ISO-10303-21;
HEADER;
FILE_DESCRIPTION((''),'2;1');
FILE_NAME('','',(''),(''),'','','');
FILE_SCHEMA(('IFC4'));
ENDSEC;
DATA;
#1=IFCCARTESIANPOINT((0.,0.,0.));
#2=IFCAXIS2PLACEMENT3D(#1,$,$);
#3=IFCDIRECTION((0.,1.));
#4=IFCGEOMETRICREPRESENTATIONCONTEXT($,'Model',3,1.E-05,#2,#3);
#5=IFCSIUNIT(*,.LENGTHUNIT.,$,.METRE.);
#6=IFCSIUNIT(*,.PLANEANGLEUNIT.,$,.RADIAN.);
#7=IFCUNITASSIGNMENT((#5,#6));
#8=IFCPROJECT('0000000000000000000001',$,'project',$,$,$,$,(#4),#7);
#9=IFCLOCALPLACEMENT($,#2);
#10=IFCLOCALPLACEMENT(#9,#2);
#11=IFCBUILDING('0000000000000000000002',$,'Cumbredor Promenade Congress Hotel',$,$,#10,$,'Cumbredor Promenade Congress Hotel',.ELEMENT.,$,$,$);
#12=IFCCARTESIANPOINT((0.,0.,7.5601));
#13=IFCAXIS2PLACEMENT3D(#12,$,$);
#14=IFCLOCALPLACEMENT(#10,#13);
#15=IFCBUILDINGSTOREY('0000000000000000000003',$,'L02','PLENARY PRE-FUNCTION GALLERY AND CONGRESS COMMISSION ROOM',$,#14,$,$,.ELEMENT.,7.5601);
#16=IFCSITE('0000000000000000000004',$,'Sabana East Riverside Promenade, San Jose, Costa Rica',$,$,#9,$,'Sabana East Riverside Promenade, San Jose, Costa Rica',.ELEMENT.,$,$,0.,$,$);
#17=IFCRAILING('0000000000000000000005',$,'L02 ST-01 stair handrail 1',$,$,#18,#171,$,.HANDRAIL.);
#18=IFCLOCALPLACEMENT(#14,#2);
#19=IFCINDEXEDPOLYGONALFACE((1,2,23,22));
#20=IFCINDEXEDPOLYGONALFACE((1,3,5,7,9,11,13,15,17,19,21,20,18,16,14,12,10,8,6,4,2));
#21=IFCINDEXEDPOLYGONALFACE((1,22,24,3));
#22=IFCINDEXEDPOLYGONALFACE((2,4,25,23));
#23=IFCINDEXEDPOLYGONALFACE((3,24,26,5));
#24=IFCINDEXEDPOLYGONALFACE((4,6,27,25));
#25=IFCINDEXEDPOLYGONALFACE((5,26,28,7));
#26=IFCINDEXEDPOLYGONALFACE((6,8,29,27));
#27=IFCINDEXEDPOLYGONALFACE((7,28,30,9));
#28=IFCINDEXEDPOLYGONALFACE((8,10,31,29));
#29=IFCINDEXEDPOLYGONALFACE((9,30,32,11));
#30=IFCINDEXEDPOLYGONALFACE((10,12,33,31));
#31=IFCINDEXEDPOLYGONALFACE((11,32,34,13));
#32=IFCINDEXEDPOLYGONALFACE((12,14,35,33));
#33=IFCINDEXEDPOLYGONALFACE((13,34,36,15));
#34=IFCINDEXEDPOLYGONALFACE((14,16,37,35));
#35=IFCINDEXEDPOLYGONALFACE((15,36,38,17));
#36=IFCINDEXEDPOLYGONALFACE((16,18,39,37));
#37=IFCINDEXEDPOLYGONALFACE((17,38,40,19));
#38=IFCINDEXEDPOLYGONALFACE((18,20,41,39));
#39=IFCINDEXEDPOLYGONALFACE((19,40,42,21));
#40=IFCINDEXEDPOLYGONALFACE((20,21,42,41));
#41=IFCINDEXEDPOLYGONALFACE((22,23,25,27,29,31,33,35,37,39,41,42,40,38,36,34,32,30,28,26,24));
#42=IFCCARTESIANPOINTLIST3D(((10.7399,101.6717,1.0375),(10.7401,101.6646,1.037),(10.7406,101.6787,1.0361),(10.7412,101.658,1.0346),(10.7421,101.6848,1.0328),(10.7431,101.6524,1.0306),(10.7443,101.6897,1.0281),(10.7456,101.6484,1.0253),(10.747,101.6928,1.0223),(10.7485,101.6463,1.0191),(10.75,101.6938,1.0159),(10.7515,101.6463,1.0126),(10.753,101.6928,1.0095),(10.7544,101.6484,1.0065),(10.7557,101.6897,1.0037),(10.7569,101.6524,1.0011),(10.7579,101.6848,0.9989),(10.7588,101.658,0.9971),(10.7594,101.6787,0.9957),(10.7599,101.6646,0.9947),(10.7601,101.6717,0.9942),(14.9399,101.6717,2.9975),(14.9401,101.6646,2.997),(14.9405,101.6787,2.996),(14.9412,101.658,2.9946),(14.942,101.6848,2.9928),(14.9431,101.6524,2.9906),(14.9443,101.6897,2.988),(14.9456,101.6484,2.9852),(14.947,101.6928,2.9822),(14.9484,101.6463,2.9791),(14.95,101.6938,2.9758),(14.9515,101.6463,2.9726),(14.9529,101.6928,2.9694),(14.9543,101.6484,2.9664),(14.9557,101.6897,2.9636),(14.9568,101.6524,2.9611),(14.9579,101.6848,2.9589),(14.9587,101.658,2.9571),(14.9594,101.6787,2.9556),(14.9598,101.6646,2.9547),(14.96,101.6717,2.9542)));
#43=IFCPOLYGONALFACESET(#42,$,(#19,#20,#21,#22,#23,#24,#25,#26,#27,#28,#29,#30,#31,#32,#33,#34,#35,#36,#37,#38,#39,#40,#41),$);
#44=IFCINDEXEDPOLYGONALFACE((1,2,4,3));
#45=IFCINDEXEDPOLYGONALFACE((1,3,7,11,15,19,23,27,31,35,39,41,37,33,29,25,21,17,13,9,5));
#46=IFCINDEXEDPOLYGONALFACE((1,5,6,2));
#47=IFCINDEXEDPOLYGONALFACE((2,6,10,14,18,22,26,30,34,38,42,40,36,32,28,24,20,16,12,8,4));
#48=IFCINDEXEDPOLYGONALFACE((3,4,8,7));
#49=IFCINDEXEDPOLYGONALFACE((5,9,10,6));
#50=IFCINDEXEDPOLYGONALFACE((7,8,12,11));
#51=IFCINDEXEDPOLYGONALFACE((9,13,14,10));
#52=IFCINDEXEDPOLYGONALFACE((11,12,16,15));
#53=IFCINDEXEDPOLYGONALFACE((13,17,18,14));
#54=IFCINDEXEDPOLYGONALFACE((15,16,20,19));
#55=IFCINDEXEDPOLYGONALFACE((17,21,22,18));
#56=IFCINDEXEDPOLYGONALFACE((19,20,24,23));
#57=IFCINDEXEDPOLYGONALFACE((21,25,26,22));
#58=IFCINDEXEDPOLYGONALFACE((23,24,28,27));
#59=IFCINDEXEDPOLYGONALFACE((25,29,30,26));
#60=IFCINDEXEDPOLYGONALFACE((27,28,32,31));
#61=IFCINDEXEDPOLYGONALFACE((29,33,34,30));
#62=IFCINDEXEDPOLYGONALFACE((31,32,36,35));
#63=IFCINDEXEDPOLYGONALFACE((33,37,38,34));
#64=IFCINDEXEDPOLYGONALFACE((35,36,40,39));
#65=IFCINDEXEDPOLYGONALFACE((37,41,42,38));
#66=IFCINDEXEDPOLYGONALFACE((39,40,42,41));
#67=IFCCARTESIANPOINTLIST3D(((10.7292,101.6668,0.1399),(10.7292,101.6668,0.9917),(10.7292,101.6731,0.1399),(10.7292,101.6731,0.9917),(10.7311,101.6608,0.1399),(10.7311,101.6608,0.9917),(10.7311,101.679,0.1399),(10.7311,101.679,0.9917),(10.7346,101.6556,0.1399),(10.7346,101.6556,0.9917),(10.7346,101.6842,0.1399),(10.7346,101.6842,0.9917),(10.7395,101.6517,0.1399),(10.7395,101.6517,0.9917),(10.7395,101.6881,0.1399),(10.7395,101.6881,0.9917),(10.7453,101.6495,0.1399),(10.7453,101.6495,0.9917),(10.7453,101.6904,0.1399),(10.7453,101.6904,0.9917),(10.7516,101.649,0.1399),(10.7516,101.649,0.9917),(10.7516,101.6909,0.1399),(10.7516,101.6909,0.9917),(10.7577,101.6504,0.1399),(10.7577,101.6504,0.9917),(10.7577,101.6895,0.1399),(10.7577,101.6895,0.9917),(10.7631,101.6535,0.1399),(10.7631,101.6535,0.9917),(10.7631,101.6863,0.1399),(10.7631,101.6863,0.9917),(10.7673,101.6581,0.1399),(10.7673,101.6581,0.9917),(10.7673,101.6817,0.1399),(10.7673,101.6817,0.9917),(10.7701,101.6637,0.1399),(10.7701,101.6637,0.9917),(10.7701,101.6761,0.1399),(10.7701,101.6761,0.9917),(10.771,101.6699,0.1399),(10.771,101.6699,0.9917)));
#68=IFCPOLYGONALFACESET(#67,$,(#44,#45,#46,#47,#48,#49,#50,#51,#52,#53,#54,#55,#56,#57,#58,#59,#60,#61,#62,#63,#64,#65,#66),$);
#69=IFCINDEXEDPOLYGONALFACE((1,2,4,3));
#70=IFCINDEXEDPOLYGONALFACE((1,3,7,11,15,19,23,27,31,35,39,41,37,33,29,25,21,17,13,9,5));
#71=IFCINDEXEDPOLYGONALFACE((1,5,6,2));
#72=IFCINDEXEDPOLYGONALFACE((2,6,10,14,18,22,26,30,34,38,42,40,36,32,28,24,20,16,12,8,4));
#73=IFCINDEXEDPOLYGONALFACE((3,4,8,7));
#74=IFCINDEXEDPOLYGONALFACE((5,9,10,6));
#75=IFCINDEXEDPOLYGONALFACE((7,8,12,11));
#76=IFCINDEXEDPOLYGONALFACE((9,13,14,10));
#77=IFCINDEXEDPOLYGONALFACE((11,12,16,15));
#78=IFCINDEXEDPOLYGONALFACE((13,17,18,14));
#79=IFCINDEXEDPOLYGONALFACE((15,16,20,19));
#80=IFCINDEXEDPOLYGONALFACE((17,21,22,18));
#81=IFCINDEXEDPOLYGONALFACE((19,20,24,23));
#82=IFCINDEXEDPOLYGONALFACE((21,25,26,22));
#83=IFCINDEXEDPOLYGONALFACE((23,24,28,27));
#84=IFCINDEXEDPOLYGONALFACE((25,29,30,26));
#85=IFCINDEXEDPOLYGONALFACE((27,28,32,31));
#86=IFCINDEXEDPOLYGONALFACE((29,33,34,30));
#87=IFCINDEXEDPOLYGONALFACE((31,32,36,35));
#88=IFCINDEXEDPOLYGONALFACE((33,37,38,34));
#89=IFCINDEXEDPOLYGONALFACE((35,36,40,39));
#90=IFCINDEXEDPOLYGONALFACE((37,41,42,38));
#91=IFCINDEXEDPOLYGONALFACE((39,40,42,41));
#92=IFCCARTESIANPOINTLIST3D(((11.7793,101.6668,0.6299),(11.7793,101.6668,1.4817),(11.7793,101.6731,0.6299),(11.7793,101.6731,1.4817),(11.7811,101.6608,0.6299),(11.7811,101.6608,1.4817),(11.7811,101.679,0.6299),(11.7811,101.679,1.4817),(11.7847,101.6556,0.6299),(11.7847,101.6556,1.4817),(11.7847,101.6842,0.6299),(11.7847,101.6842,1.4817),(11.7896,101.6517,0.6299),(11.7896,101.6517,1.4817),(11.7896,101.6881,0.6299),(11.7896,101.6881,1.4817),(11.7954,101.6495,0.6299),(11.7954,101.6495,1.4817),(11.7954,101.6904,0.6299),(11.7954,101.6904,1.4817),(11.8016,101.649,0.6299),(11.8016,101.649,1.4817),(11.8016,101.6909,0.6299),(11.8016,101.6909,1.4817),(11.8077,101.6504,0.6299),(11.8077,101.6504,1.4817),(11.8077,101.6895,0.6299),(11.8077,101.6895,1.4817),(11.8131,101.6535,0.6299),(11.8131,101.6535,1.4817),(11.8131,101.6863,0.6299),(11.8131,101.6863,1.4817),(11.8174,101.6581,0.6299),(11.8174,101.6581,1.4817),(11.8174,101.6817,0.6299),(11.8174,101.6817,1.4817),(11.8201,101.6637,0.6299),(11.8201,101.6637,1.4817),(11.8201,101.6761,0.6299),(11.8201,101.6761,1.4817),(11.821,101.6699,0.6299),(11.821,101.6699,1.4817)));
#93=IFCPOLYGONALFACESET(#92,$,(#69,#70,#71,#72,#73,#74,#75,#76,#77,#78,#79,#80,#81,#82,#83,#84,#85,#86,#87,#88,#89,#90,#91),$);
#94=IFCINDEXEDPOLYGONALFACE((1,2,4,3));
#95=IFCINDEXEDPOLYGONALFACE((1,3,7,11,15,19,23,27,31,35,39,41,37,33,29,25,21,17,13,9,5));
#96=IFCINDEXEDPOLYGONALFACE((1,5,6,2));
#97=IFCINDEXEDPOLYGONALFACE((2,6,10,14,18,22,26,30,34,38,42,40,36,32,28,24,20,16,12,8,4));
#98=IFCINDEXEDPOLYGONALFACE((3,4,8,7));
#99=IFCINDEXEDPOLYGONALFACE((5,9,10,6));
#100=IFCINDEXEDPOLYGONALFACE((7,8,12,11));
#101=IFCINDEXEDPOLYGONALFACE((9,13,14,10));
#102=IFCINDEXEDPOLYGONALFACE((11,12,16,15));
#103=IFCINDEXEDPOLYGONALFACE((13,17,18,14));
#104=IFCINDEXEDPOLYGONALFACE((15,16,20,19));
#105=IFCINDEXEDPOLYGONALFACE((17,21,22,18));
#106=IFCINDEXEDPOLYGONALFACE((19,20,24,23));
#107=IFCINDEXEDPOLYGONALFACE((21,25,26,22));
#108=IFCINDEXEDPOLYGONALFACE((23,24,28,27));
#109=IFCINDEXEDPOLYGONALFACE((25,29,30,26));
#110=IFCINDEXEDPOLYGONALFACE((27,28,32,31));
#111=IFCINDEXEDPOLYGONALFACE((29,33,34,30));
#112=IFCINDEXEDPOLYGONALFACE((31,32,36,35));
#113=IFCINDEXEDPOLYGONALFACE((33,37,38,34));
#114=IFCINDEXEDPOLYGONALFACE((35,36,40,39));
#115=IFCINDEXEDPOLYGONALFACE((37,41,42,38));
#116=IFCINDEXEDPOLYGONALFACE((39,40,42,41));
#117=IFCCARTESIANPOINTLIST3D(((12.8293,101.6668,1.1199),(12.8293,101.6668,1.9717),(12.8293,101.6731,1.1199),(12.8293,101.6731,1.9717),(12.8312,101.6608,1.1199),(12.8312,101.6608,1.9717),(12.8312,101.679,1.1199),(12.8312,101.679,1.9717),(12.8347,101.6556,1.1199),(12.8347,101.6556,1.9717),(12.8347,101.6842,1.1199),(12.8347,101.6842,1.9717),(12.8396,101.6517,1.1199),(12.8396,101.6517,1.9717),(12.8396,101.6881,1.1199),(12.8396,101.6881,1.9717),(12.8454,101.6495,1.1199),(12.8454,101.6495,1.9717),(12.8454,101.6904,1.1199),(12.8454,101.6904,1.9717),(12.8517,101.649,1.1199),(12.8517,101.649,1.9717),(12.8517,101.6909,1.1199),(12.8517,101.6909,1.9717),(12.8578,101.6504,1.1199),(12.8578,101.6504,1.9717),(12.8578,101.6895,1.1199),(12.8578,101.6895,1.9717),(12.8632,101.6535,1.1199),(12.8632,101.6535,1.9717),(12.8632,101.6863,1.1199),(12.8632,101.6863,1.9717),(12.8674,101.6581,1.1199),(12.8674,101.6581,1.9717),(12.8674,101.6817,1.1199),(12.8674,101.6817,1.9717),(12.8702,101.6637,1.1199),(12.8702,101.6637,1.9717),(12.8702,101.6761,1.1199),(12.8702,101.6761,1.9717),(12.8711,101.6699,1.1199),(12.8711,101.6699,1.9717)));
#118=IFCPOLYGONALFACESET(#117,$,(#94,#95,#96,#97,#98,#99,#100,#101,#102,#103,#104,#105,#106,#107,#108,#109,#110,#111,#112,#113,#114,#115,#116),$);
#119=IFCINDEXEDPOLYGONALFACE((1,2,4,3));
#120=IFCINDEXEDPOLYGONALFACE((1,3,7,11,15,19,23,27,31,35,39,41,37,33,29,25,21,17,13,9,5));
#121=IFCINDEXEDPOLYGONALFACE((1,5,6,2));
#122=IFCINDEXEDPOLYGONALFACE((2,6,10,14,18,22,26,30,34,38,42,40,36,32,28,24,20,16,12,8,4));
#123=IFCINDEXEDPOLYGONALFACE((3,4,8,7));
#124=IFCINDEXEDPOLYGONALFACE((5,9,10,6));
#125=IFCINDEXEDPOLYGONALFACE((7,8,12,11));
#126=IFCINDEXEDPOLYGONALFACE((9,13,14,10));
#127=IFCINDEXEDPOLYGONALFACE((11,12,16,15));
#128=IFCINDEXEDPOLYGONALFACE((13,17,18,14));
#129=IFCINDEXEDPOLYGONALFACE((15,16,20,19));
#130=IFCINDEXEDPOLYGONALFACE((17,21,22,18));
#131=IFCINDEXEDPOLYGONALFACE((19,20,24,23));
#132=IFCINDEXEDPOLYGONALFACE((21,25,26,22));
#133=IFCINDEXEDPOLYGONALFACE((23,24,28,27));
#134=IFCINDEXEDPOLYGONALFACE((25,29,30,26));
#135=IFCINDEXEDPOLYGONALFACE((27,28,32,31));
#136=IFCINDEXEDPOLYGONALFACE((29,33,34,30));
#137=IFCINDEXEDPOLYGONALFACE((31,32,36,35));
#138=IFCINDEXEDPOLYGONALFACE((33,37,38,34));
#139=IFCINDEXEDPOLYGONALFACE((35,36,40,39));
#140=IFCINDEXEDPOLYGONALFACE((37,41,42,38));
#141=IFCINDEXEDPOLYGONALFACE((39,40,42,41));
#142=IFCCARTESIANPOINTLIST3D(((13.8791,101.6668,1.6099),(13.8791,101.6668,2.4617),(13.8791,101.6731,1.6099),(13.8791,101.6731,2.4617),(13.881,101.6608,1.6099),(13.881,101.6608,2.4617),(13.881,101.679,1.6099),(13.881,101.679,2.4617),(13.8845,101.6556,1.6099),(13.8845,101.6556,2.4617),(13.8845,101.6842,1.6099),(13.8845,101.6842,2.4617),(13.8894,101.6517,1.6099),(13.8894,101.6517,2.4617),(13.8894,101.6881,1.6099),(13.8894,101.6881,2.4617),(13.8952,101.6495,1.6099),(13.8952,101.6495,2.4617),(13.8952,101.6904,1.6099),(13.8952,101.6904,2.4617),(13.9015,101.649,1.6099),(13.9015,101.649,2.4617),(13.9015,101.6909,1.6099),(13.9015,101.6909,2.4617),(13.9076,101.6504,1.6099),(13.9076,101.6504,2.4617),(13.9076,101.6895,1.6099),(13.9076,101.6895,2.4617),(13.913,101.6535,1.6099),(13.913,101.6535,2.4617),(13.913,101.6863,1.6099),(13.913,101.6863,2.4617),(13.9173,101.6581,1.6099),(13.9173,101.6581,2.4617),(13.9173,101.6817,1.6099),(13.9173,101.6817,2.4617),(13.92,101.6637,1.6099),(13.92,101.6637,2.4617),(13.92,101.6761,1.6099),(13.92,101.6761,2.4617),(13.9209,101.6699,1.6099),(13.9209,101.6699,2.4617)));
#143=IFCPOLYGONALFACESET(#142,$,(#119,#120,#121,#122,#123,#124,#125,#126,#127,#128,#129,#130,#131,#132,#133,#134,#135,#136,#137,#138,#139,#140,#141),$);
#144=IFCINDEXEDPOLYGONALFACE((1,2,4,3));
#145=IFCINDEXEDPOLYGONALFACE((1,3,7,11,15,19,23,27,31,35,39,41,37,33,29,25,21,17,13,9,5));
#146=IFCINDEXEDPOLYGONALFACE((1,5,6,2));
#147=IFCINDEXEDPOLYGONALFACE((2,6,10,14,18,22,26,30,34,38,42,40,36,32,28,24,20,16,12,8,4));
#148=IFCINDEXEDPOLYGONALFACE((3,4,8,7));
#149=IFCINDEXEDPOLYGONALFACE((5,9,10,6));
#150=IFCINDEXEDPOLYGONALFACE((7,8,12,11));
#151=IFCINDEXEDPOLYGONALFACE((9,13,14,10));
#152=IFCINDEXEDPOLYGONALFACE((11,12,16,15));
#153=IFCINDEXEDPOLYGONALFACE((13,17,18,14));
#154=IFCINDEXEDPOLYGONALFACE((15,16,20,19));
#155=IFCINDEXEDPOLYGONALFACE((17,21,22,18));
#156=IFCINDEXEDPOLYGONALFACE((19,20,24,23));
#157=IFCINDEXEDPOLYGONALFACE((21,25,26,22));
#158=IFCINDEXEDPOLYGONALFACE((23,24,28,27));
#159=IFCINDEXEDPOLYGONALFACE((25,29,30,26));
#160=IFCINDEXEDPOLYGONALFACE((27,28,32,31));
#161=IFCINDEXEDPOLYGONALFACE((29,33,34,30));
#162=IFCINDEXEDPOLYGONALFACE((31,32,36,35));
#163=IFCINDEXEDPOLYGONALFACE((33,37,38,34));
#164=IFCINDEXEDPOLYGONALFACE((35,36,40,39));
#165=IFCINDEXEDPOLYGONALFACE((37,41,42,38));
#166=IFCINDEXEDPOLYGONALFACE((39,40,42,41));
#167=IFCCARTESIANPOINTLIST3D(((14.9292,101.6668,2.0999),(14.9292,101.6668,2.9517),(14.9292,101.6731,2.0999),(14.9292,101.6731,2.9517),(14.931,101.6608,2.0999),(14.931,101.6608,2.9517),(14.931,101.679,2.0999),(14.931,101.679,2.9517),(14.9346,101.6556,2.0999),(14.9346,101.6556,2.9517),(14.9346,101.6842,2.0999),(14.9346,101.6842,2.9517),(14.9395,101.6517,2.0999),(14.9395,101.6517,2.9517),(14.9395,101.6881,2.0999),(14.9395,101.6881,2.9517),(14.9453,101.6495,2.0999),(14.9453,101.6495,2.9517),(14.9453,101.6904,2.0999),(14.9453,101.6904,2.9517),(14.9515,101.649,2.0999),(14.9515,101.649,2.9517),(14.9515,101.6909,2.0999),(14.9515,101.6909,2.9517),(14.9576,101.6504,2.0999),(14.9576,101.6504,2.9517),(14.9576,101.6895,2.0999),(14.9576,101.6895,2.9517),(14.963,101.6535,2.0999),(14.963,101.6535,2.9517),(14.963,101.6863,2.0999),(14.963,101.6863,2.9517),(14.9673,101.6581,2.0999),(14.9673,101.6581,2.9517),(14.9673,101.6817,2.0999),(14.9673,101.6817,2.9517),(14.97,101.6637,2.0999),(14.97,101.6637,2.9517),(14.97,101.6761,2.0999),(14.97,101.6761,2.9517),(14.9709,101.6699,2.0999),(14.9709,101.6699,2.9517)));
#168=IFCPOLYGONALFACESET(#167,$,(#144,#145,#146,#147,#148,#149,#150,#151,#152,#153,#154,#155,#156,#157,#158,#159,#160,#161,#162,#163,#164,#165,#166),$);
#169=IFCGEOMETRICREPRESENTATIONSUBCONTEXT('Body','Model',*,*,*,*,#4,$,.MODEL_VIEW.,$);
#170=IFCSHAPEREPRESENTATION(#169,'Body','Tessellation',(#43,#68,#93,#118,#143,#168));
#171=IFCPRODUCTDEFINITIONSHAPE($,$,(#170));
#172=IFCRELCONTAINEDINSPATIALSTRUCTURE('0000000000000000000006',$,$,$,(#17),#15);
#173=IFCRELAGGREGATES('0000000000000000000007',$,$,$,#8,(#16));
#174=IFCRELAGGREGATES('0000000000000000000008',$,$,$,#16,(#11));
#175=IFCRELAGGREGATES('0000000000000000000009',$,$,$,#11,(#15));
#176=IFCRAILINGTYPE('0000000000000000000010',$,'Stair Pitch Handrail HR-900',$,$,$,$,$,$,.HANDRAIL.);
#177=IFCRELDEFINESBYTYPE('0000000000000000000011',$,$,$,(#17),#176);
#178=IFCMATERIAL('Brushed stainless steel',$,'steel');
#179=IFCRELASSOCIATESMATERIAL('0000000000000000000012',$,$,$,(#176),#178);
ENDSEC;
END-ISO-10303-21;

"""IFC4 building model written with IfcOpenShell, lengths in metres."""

from ifc_helpers import new_model, si_unit, direction, frame, origin, origin_2d, place, context, subcontext, project, spatial, circle, extrude, material, type_object, element, save


model = new_model("IFC4")

# Units and contexts
model_context = context("Model", 3, precision=1e-05, world=origin(), true_north=direction((0.0, 1.0)))
body_context = subcontext(model_context, "Body", "Model", "MODEL_VIEW")
ifc_project = project(units=[si_unit("LENGTHUNIT", "METRE"), si_unit("PLANEANGLEUNIT", "RADIAN")], contexts=[model_context])

# Site, building, storey
site_placement = place(None, origin())
site = spatial("IfcSite", under=ifc_project, at=site_placement, Name="Sabana East Riverside Promenade, San Jose, Costa Rica", LongName="Sabana East Riverside Promenade, San Jose, Costa Rica", CompositionType="ELEMENT", RefElevation=0.0)
building_placement = place(site_placement, origin())
building = spatial("IfcBuilding", under=site, at=building_placement, Name="Cumbredor Promenade Congress Hotel", LongName="Cumbredor Promenade Congress Hotel", CompositionType="ELEMENT")
storey_placement = place(building_placement, frame((0.0, 0.0, 7.5601)))
storey = spatial("IfcBuildingStorey", under=building, at=storey_placement, Name="L02", Description="PLENARY PRE-FUNCTION GALLERY AND CONGRESS COMMISSION ROOM", CompositionType="ELEMENT", Elevation=7.5601)

# Railing
ifc_material_1 = material(Name="Brushed stainless steel", Category="steel")
railing_type_1 = type_object("IfcRailingType", Name="Stair Pitch Handrail HR-900", PredefinedType="HANDRAIL", material=ifc_material_1)
railing_1_placement = place(storey_placement, frame((10.75, 101.6699, 0.1399)))
element("IfcRailing", 1, at=railing_1_placement, inside=storey, type_object=railing_type_1, Name="L02 ST-01 stair handrail 1", PredefinedType="HANDRAIL", context=body_context, shape_type="SweptSolid", body=[
    extrude(circle(Radius=0.0239, at=origin_2d()), frame((0.0, 0.0, 0.876), z_axis=(0.906184, 0.0, 0.422883), x_axis=(0.0, 1.0, 0.0)), (0.0, 0.0, 1.0), 4.6348),
    extrude(circle(Radius=0.021, at=origin_2d()), origin(), (0.0, 0.0, 1.0), 0.8518),
    extrude(circle(Radius=0.021, at=origin_2d()), frame((1.05, 0.0, 0.49)), (0.0, 0.0, 1.0), 0.8518),
    extrude(circle(Radius=0.021, at=origin_2d()), frame((2.1001, 0.0, 0.98)), (0.0, 0.0, 1.0), 0.8518),
    extrude(circle(Radius=0.021, at=origin_2d()), frame((3.1499, 0.0, 1.47)), (0.0, 0.0, 1.0), 0.8518),
    extrude(circle(Radius=0.021, at=origin_2d()), frame((4.2, 0.0, 1.96)), (0.0, 0.0, 1.0), 0.8518),
])

save(model, "model.ifc")
